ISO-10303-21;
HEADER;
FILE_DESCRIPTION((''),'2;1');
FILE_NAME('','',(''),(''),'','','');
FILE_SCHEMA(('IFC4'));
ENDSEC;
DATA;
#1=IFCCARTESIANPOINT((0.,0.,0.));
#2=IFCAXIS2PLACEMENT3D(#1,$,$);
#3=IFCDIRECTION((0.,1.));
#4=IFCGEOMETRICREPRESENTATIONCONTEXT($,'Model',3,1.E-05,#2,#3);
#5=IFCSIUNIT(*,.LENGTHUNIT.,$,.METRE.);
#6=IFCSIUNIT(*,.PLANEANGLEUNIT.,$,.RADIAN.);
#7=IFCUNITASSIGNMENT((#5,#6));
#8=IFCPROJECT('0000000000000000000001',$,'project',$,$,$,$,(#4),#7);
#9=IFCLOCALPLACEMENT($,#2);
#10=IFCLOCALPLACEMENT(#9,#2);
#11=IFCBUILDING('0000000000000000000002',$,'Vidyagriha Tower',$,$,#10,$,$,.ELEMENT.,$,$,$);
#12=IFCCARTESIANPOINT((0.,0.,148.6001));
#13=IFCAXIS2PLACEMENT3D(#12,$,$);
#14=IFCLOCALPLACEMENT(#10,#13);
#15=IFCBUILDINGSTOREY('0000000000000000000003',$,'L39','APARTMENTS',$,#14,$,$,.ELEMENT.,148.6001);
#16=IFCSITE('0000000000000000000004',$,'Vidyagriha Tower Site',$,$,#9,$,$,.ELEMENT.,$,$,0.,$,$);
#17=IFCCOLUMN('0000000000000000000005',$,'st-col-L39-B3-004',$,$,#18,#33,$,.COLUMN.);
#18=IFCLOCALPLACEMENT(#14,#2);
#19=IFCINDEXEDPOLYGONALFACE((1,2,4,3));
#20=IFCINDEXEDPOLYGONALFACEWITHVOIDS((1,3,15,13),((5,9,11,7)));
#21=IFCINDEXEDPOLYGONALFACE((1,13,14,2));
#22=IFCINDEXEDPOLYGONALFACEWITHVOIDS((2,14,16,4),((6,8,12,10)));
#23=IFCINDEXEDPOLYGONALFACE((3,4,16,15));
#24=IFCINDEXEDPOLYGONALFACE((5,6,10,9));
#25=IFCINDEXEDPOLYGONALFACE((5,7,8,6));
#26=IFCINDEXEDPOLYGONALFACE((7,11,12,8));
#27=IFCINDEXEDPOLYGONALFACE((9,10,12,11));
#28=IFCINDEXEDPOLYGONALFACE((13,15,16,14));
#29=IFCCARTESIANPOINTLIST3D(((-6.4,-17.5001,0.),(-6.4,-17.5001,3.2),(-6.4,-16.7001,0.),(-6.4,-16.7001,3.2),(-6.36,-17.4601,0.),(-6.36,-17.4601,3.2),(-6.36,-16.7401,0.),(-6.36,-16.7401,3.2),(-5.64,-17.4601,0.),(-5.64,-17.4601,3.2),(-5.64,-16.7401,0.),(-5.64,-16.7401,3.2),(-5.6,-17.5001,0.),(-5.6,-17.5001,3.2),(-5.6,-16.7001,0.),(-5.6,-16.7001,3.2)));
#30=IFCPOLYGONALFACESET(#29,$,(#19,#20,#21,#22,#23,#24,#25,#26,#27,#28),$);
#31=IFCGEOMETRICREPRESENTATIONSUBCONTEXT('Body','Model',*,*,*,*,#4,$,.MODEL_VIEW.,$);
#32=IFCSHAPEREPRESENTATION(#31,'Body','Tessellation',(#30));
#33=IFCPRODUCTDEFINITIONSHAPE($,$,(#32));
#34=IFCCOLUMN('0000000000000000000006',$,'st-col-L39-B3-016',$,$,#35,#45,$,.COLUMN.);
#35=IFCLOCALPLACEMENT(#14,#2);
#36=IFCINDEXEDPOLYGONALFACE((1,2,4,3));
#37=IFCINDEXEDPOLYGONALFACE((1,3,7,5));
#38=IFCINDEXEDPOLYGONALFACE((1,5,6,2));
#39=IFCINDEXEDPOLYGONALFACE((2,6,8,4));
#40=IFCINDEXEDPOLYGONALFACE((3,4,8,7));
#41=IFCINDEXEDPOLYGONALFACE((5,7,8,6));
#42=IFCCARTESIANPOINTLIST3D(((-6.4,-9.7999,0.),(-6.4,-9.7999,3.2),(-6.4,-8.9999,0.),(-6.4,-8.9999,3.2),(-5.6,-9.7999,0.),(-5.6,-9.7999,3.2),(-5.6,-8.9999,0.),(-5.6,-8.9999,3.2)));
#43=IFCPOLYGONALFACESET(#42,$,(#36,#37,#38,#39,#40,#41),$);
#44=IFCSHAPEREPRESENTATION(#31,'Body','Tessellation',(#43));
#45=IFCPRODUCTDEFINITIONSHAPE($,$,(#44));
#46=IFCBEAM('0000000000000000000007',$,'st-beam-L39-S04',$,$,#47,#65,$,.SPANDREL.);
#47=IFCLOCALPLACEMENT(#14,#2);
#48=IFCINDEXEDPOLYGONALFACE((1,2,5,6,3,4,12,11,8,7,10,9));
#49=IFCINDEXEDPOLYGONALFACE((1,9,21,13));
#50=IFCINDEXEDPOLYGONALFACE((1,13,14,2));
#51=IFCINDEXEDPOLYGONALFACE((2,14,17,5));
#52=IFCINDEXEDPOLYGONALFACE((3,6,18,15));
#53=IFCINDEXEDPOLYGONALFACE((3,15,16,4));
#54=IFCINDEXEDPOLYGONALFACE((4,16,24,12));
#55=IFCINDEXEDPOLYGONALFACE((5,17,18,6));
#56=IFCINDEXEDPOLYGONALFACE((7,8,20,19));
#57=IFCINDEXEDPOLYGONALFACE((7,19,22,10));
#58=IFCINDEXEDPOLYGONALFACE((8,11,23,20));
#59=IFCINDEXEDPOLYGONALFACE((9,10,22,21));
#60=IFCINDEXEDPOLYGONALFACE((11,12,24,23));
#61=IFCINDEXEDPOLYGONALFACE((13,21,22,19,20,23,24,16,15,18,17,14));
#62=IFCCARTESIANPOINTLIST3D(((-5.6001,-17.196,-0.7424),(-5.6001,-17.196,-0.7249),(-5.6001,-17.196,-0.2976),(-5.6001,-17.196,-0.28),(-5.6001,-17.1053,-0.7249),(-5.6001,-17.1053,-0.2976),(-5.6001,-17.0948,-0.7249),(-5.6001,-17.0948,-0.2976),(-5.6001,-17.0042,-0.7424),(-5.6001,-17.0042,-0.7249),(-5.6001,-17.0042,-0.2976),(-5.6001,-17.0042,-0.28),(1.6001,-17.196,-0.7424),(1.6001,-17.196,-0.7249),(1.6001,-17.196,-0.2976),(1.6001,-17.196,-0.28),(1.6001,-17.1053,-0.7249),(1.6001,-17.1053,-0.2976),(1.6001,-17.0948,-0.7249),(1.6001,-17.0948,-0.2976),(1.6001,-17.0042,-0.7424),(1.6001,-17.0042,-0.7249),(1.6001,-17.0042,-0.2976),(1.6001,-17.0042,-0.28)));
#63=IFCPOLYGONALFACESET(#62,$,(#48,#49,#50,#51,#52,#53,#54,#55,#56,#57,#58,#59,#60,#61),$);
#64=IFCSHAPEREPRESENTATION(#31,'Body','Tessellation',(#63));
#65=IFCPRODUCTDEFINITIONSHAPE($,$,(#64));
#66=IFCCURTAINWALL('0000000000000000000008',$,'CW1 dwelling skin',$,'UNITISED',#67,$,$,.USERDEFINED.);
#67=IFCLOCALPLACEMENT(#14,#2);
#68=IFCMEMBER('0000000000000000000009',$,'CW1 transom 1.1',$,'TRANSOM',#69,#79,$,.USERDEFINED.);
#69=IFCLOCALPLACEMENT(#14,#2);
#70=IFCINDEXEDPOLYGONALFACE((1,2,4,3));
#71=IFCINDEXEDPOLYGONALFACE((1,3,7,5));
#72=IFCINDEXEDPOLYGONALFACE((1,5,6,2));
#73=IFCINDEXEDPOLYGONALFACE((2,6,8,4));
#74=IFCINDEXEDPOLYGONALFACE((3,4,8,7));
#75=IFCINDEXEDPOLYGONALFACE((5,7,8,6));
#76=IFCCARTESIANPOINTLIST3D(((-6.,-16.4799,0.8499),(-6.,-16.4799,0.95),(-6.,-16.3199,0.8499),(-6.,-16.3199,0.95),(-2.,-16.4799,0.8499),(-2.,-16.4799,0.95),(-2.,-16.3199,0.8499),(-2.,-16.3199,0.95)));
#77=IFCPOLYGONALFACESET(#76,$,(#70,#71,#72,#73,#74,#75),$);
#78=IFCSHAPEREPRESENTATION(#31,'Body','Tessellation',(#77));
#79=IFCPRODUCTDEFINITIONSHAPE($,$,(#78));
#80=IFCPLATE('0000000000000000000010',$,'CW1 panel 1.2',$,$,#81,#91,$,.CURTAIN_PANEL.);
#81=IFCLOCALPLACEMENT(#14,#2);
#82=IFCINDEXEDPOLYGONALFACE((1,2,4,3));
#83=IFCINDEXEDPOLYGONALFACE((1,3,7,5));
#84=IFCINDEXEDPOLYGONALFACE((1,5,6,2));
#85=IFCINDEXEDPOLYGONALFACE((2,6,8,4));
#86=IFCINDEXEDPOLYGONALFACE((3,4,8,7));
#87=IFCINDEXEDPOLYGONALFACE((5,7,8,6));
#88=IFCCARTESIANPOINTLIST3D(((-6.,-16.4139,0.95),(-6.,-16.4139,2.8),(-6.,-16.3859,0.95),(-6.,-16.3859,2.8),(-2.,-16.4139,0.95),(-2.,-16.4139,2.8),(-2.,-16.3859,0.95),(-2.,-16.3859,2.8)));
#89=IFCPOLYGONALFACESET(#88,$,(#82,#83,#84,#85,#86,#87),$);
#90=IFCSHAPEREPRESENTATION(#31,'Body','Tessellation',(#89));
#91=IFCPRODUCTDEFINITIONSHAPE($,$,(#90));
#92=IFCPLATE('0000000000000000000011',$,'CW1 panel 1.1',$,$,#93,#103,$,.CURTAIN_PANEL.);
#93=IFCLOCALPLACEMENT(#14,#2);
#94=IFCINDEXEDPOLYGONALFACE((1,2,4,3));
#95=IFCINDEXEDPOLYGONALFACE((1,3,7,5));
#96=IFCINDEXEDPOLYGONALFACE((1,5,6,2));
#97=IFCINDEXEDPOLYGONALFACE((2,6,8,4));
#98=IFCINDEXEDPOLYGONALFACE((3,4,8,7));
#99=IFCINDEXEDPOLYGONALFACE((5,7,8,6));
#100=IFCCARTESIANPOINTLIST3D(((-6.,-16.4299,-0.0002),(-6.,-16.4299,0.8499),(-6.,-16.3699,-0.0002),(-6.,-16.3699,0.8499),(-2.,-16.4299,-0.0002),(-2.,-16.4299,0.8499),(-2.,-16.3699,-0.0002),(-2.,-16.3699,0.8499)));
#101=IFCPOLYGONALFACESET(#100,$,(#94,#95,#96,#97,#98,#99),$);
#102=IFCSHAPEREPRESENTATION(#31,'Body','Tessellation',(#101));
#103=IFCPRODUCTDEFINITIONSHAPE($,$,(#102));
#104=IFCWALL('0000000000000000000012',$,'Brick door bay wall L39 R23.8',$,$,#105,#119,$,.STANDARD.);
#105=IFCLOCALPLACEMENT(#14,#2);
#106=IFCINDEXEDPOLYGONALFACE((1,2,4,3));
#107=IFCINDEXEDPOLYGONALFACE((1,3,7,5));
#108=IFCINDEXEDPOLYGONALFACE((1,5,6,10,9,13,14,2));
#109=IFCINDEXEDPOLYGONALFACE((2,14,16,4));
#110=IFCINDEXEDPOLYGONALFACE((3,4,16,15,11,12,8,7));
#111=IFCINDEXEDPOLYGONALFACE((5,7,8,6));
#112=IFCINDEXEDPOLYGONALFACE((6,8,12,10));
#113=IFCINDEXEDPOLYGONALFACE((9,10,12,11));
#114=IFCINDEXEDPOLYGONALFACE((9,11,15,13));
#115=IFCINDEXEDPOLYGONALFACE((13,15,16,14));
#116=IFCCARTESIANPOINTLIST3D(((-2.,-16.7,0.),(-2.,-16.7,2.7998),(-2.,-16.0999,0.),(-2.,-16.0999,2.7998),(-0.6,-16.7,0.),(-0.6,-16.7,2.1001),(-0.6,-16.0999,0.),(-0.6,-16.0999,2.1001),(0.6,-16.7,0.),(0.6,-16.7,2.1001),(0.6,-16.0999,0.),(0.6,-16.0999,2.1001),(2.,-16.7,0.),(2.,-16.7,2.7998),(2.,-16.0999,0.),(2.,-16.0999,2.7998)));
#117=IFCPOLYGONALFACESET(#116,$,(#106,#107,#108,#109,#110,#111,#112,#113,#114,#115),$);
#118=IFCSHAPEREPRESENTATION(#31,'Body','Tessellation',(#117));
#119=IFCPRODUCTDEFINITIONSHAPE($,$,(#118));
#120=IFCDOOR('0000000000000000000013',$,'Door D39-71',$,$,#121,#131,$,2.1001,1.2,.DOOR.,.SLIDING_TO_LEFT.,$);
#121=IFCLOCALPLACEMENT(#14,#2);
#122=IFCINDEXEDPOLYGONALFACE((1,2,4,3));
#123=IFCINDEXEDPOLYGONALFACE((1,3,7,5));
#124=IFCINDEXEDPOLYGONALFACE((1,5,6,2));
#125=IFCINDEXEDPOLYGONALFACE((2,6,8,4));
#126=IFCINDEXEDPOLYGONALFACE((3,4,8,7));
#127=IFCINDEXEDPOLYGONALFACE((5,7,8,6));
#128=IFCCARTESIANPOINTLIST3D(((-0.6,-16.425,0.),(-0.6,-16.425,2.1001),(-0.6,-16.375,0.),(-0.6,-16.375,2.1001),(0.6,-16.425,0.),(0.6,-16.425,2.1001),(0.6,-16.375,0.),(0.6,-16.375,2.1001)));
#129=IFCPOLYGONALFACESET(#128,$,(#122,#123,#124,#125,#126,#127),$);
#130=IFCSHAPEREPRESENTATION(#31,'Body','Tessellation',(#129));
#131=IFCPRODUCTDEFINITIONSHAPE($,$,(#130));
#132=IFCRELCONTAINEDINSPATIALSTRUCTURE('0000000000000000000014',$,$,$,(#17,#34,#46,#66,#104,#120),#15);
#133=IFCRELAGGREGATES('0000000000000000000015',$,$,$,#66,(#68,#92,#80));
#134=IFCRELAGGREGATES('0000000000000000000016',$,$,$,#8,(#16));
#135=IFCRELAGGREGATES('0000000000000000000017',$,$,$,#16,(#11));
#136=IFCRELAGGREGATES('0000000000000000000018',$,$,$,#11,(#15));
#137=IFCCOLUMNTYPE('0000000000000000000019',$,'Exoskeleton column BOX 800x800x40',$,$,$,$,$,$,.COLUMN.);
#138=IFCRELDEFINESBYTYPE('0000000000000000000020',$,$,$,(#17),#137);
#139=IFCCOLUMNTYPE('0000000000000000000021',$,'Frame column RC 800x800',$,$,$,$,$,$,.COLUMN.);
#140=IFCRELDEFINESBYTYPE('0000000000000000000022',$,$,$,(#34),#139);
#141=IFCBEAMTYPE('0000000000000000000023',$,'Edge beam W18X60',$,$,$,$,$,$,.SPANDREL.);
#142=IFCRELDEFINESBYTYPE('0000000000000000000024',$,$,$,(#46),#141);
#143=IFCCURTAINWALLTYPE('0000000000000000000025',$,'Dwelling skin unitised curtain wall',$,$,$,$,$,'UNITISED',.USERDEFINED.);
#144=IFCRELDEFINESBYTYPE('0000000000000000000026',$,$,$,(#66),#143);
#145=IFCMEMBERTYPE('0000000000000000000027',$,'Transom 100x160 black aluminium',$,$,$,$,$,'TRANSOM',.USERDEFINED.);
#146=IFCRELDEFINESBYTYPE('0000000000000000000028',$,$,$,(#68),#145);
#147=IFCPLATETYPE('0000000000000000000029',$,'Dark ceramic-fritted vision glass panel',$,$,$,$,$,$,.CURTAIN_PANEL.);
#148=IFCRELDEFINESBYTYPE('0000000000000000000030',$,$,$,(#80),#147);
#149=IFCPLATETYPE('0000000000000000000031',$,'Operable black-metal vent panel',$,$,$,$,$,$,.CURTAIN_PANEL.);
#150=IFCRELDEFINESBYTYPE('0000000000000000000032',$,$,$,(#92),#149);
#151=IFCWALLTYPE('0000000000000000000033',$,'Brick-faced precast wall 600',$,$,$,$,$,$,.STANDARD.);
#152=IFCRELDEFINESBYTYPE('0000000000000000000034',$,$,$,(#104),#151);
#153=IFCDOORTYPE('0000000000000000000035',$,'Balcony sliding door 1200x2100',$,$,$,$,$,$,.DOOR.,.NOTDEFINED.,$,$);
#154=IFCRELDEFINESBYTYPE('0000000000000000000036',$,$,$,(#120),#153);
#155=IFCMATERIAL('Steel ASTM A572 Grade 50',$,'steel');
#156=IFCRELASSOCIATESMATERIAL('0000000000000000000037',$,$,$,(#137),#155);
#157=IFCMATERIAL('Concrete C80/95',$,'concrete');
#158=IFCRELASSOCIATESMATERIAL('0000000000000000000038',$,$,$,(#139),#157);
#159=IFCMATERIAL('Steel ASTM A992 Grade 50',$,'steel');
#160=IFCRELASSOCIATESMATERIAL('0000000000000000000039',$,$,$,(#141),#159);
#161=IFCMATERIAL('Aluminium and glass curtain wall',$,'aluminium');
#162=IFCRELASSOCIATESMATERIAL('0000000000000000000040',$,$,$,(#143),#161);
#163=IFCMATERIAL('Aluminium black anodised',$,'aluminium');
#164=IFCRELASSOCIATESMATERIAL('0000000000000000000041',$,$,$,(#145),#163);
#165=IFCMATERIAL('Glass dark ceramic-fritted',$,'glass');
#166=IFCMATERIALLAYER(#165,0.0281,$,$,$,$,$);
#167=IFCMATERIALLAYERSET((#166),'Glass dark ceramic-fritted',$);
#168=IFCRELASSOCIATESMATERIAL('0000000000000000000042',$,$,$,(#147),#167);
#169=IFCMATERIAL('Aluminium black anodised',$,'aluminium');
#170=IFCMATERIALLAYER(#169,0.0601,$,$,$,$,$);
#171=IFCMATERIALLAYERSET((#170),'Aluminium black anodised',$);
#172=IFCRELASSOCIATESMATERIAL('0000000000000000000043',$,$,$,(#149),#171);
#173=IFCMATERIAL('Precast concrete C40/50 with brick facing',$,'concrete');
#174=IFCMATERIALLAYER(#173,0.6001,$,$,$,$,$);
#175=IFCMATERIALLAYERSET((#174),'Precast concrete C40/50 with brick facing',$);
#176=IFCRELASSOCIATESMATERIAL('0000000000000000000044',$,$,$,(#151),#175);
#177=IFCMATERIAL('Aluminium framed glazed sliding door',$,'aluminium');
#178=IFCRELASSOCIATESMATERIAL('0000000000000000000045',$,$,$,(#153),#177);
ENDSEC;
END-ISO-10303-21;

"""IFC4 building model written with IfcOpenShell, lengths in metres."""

from ifc_helpers import new_model, si_unit, direction, frame, frame_2d, origin, origin_2d, place, context, subcontext, project, spatial, rectangle, hollow_rectangle, i_section, extrude, material, layer, layer_set, material_profile, profile_set, type_object, element, fill, aggregate, save


model = new_model("IFC4")

# Units and contexts
model_context = context("Model", 3, precision=1e-05, world=origin(), true_north=direction((0.0, 1.0)))
body_context = subcontext(model_context, "Body", "Model", "MODEL_VIEW")
ifc_project = project(units=[si_unit("LENGTHUNIT", "METRE"), si_unit("PLANEANGLEUNIT", "RADIAN")], contexts=[model_context])

# Site, building, storey
site_placement = place(None, origin())
site = spatial("IfcSite", under=ifc_project, at=site_placement, Name="Vidyagriha Tower Site", CompositionType="ELEMENT", RefElevation=0.0)
building_placement = place(site_placement, origin())
building = spatial("IfcBuilding", under=site, at=building_placement, Name="Vidyagriha Tower", CompositionType="ELEMENT")
storey_placement = place(building_placement, frame((0.0, 0.0, 148.6001)))
storey = spatial("IfcBuildingStorey", under=building, at=storey_placement, Name="L39", Description="APARTMENTS", CompositionType="ELEMENT", Elevation=148.6001)

# Columns
ifc_material_1 = material(Name="Steel ASTM A572 Grade 50", Category="steel")
ifc_material_profile_1 = material_profile(ifc_material_1, hollow_rectangle(XDim=0.8, YDim=0.8, WallThickness=0.04, at=origin_2d()), Name="BOX 800x800x40")
ifc_profile_set_1 = profile_set([ifc_material_profile_1], Name="Steel ASTM A572 Grade 50")
column_type_1 = type_object("IfcColumnType", Name="Exoskeleton column BOX 800x800x40", PredefinedType="COLUMN", material=ifc_profile_set_1)
column_1_placement = place(storey_placement, frame((-6.0, -17.1001, 0.0)))
element("IfcColumn", 1, at=column_1_placement, inside=storey, type_object=column_type_1, Name="st-col-L39-B3-004", PredefinedType="COLUMN", context=body_context, shape_type="SweptSolid", body=[
    extrude(hollow_rectangle(XDim=0.8, YDim=0.8, WallThickness=0.04, at=origin_2d()), origin(), (0.0, 0.0, 1.0), 3.2),
])
ifc_material_2 = material(Name="Concrete C80/95", Category="concrete")
ifc_material_profile_2 = material_profile(ifc_material_2, rectangle(XDim=0.8, YDim=0.8, at=origin_2d()), Name="RC 800x800")
ifc_profile_set_2 = profile_set([ifc_material_profile_2], Name="Concrete C80/95")
column_type_2 = type_object("IfcColumnType", Name="Frame column RC 800x800", PredefinedType="COLUMN", material=ifc_profile_set_2)
column_2_placement = place(storey_placement, frame((-6.0, -9.3999, 0.0)))
element("IfcColumn", 2, at=column_2_placement, inside=storey, type_object=column_type_2, Name="st-col-L39-B3-016", PredefinedType="COLUMN", context=body_context, shape_type="SweptSolid", body=[
    extrude(rectangle(XDim=0.8, YDim=0.8, at=origin_2d()), origin(), (0.0, 0.0, 1.0), 3.2),
])

# Beam
ifc_material_3 = material(Name="Steel ASTM A992 Grade 50", Category="steel")
ifc_material_profile_3 = material_profile(ifc_material_3, i_section(OverallWidth=0.1919, OverallDepth=0.4624, WebThickness=0.0105, FlangeThickness=0.0176, at=origin_2d()), Name="W18X60")
ifc_profile_set_3 = profile_set([ifc_material_profile_3], Name="Steel ASTM A992 Grade 50")
beam_type = type_object("IfcBeamType", Name="Edge beam W18X60", PredefinedType="SPANDREL", material=ifc_profile_set_3)
beam_placement = place(storey_placement, frame((-5.6001, -17.1001, -0.5112), z_axis=(1.0, 0.0, 0.0), x_axis=(0.0, 1.0, 0.0)))
element("IfcBeam", 3, at=beam_placement, inside=storey, type_object=beam_type, Name="st-beam-L39-S04", PredefinedType="SPANDREL", context=body_context, shape_type="SweptSolid", body=[
    extrude(i_section(OverallWidth=0.1919, OverallDepth=0.4624, WebThickness=0.0105, FlangeThickness=0.0176, at=origin_2d()), origin(), (0.0, 0.0, 1.0), 7.2002),
])

# Curtain wall, member, plates
ifc_material_4 = material(Name="Aluminium and glass curtain wall", Category="aluminium")
curtain_wall_type = type_object("IfcCurtainWallType", Name="Dwelling skin unitised curtain wall", ElementType="UNITISED", PredefinedType="USERDEFINED", material=ifc_material_4)
curtain_wall_placement = place(storey_placement, origin())
curtain_wall = element("IfcCurtainWall", 4, at=curtain_wall_placement, inside=storey, type_object=curtain_wall_type, Name="CW1 dwelling skin", ObjectType="UNITISED", PredefinedType="USERDEFINED")
ifc_material_5 = material(Name="Aluminium black anodised", Category="aluminium")
ifc_material_profile_4 = material_profile(ifc_material_5, rectangle(XDim=0.1599, YDim=0.1001, at=origin_2d()), Name="Transom 100x160 black aluminium")
ifc_profile_set_4 = profile_set([ifc_material_profile_4], Name="Aluminium black anodised")
member_type = type_object("IfcMemberType", Name="Transom 100x160 black aluminium", ElementType="TRANSOM", PredefinedType="USERDEFINED", material=ifc_profile_set_4)
member_placement = place(storey_placement, frame((-6.0, -16.3999, 0.8999), z_axis=(1.0, 0.0, 0.0), x_axis=(0.0, 1.0, 0.0)))
member = element("IfcMember", 5, at=member_placement, type_object=member_type, Name="CW1 transom 1.1", ObjectType="TRANSOM", PredefinedType="USERDEFINED", context=body_context, shape_type="SweptSolid", body=[
    extrude(rectangle(XDim=0.1599, YDim=0.1001, at=origin_2d()), origin(), (0.0, 0.0, 1.0), 4.0),
])
ifc_material_6 = material(Name="Glass dark ceramic-fritted", Category="glass")
ifc_layer_1 = layer(ifc_material_6, 0.0281)
ifc_layer_set_1 = layer_set([ifc_layer_1], Name="Glass dark ceramic-fritted")
plate_type_1 = type_object("IfcPlateType", Name="Dark ceramic-fritted vision glass panel", PredefinedType="CURTAIN_PANEL", material=ifc_layer_set_1)
plate_1_placement = place(storey_placement, frame((-4.0, -16.3999, 0.95)))
plate_1 = element("IfcPlate", 6, at=plate_1_placement, type_object=plate_type_1, Name="CW1 panel 1.2", PredefinedType="CURTAIN_PANEL", context=body_context, shape_type="SweptSolid", body=[
    extrude(rectangle(XDim=4.0, YDim=0.0281, at=origin_2d()), origin(), (0.0, 0.0, 1.0), 1.8501),
])
ifc_material_7 = material(Name="Aluminium black anodised", Category="aluminium")
ifc_layer_2 = layer(ifc_material_7, 0.0601)
ifc_layer_set_2 = layer_set([ifc_layer_2], Name="Aluminium black anodised")
plate_type_2 = type_object("IfcPlateType", Name="Operable black-metal vent panel", PredefinedType="CURTAIN_PANEL", material=ifc_layer_set_2)
plate_2_placement = place(storey_placement, frame((-4.0, -16.3999, -0.0002)))
plate_2 = element("IfcPlate", 7, at=plate_2_placement, type_object=plate_type_2, Name="CW1 panel 1.1", PredefinedType="CURTAIN_PANEL", context=body_context, shape_type="SweptSolid", body=[
    extrude(rectangle(XDim=4.0, YDim=0.0601, at=origin_2d()), origin(), (0.0, 0.0, 1.0), 0.8501),
])
aggregate(curtain_wall, [member, plate_2, plate_1])

# Wall, opening, door
ifc_material_8 = material(Name="Precast concrete C40/50 with brick facing", Category="concrete")
ifc_layer_3 = layer(ifc_material_8, 0.6001)
ifc_layer_set_3 = layer_set([ifc_layer_3], Name="Precast concrete C40/50 with brick facing")
wall_type_1 = type_object("IfcWallType", Name="Brick-faced precast wall 600", PredefinedType="STANDARD", material=ifc_layer_set_3)
wall_1_placement = place(storey_placement, frame((-2.0, -16.3999, 0.0)))
wall_1 = element("IfcWall", 8, at=wall_1_placement, inside=storey, type_object=wall_type_1, Name="Brick door bay wall L39 R23.8", PredefinedType="STANDARD", context=body_context, shape_type="SweptSolid", body=[
    extrude(rectangle(XDim=4.0, YDim=0.6001, at=frame_2d((2.0, 0.0))), origin(), (0.0, 0.0, 1.0), 2.7998),
])
opening_1_placement = place(wall_1_placement, frame((1.3999, 0.0, 0.0)))
opening_1 = element("IfcOpeningElement", 9, at=opening_1_placement, cuts=wall_1, PredefinedType="OPENING", context=body_context, shape_type="SweptSolid", body=[
    extrude(rectangle(XDim=1.2, YDim=2.1001, at=frame_2d((0.6001, 1.05))), frame((0.0, 0.3101, 0.0), z_axis=(0.0, -1.0, 0.0), x_axis=(1.0, 0.0, 0.0)), (0.0, 0.0, 1.0), 0.6201),
])
ifc_material_9 = material(Name="Aluminium framed glazed sliding door", Category="aluminium")
door_type_1 = type_object("IfcDoorType", Name="Balcony sliding door 1200x2100", OperationType="NOTDEFINED", PredefinedType="DOOR", material=ifc_material_9)
door_1_placement = place(opening_1_placement, origin())
door_1 = element("IfcDoor", 10, at=door_1_placement, inside=storey, type_object=door_type_1, Name="Door D39-71", OperationType="SLIDING_TO_LEFT", OverallHeight=2.1001, OverallWidth=1.2, PredefinedType="DOOR", context=body_context, shape_type="SweptSolid", body=[
    extrude(rectangle(XDim=1.2, YDim=2.1001, at=frame_2d((0.6001, 1.05))), frame((0.0, 0.0249, 0.0), z_axis=(0.0, -1.0, 0.0), x_axis=(1.0, 0.0, 0.0)), (0.0, 0.0, 1.0), 0.05),
])
fill(opening_1, door_1)

save(model, "model.ifc")
